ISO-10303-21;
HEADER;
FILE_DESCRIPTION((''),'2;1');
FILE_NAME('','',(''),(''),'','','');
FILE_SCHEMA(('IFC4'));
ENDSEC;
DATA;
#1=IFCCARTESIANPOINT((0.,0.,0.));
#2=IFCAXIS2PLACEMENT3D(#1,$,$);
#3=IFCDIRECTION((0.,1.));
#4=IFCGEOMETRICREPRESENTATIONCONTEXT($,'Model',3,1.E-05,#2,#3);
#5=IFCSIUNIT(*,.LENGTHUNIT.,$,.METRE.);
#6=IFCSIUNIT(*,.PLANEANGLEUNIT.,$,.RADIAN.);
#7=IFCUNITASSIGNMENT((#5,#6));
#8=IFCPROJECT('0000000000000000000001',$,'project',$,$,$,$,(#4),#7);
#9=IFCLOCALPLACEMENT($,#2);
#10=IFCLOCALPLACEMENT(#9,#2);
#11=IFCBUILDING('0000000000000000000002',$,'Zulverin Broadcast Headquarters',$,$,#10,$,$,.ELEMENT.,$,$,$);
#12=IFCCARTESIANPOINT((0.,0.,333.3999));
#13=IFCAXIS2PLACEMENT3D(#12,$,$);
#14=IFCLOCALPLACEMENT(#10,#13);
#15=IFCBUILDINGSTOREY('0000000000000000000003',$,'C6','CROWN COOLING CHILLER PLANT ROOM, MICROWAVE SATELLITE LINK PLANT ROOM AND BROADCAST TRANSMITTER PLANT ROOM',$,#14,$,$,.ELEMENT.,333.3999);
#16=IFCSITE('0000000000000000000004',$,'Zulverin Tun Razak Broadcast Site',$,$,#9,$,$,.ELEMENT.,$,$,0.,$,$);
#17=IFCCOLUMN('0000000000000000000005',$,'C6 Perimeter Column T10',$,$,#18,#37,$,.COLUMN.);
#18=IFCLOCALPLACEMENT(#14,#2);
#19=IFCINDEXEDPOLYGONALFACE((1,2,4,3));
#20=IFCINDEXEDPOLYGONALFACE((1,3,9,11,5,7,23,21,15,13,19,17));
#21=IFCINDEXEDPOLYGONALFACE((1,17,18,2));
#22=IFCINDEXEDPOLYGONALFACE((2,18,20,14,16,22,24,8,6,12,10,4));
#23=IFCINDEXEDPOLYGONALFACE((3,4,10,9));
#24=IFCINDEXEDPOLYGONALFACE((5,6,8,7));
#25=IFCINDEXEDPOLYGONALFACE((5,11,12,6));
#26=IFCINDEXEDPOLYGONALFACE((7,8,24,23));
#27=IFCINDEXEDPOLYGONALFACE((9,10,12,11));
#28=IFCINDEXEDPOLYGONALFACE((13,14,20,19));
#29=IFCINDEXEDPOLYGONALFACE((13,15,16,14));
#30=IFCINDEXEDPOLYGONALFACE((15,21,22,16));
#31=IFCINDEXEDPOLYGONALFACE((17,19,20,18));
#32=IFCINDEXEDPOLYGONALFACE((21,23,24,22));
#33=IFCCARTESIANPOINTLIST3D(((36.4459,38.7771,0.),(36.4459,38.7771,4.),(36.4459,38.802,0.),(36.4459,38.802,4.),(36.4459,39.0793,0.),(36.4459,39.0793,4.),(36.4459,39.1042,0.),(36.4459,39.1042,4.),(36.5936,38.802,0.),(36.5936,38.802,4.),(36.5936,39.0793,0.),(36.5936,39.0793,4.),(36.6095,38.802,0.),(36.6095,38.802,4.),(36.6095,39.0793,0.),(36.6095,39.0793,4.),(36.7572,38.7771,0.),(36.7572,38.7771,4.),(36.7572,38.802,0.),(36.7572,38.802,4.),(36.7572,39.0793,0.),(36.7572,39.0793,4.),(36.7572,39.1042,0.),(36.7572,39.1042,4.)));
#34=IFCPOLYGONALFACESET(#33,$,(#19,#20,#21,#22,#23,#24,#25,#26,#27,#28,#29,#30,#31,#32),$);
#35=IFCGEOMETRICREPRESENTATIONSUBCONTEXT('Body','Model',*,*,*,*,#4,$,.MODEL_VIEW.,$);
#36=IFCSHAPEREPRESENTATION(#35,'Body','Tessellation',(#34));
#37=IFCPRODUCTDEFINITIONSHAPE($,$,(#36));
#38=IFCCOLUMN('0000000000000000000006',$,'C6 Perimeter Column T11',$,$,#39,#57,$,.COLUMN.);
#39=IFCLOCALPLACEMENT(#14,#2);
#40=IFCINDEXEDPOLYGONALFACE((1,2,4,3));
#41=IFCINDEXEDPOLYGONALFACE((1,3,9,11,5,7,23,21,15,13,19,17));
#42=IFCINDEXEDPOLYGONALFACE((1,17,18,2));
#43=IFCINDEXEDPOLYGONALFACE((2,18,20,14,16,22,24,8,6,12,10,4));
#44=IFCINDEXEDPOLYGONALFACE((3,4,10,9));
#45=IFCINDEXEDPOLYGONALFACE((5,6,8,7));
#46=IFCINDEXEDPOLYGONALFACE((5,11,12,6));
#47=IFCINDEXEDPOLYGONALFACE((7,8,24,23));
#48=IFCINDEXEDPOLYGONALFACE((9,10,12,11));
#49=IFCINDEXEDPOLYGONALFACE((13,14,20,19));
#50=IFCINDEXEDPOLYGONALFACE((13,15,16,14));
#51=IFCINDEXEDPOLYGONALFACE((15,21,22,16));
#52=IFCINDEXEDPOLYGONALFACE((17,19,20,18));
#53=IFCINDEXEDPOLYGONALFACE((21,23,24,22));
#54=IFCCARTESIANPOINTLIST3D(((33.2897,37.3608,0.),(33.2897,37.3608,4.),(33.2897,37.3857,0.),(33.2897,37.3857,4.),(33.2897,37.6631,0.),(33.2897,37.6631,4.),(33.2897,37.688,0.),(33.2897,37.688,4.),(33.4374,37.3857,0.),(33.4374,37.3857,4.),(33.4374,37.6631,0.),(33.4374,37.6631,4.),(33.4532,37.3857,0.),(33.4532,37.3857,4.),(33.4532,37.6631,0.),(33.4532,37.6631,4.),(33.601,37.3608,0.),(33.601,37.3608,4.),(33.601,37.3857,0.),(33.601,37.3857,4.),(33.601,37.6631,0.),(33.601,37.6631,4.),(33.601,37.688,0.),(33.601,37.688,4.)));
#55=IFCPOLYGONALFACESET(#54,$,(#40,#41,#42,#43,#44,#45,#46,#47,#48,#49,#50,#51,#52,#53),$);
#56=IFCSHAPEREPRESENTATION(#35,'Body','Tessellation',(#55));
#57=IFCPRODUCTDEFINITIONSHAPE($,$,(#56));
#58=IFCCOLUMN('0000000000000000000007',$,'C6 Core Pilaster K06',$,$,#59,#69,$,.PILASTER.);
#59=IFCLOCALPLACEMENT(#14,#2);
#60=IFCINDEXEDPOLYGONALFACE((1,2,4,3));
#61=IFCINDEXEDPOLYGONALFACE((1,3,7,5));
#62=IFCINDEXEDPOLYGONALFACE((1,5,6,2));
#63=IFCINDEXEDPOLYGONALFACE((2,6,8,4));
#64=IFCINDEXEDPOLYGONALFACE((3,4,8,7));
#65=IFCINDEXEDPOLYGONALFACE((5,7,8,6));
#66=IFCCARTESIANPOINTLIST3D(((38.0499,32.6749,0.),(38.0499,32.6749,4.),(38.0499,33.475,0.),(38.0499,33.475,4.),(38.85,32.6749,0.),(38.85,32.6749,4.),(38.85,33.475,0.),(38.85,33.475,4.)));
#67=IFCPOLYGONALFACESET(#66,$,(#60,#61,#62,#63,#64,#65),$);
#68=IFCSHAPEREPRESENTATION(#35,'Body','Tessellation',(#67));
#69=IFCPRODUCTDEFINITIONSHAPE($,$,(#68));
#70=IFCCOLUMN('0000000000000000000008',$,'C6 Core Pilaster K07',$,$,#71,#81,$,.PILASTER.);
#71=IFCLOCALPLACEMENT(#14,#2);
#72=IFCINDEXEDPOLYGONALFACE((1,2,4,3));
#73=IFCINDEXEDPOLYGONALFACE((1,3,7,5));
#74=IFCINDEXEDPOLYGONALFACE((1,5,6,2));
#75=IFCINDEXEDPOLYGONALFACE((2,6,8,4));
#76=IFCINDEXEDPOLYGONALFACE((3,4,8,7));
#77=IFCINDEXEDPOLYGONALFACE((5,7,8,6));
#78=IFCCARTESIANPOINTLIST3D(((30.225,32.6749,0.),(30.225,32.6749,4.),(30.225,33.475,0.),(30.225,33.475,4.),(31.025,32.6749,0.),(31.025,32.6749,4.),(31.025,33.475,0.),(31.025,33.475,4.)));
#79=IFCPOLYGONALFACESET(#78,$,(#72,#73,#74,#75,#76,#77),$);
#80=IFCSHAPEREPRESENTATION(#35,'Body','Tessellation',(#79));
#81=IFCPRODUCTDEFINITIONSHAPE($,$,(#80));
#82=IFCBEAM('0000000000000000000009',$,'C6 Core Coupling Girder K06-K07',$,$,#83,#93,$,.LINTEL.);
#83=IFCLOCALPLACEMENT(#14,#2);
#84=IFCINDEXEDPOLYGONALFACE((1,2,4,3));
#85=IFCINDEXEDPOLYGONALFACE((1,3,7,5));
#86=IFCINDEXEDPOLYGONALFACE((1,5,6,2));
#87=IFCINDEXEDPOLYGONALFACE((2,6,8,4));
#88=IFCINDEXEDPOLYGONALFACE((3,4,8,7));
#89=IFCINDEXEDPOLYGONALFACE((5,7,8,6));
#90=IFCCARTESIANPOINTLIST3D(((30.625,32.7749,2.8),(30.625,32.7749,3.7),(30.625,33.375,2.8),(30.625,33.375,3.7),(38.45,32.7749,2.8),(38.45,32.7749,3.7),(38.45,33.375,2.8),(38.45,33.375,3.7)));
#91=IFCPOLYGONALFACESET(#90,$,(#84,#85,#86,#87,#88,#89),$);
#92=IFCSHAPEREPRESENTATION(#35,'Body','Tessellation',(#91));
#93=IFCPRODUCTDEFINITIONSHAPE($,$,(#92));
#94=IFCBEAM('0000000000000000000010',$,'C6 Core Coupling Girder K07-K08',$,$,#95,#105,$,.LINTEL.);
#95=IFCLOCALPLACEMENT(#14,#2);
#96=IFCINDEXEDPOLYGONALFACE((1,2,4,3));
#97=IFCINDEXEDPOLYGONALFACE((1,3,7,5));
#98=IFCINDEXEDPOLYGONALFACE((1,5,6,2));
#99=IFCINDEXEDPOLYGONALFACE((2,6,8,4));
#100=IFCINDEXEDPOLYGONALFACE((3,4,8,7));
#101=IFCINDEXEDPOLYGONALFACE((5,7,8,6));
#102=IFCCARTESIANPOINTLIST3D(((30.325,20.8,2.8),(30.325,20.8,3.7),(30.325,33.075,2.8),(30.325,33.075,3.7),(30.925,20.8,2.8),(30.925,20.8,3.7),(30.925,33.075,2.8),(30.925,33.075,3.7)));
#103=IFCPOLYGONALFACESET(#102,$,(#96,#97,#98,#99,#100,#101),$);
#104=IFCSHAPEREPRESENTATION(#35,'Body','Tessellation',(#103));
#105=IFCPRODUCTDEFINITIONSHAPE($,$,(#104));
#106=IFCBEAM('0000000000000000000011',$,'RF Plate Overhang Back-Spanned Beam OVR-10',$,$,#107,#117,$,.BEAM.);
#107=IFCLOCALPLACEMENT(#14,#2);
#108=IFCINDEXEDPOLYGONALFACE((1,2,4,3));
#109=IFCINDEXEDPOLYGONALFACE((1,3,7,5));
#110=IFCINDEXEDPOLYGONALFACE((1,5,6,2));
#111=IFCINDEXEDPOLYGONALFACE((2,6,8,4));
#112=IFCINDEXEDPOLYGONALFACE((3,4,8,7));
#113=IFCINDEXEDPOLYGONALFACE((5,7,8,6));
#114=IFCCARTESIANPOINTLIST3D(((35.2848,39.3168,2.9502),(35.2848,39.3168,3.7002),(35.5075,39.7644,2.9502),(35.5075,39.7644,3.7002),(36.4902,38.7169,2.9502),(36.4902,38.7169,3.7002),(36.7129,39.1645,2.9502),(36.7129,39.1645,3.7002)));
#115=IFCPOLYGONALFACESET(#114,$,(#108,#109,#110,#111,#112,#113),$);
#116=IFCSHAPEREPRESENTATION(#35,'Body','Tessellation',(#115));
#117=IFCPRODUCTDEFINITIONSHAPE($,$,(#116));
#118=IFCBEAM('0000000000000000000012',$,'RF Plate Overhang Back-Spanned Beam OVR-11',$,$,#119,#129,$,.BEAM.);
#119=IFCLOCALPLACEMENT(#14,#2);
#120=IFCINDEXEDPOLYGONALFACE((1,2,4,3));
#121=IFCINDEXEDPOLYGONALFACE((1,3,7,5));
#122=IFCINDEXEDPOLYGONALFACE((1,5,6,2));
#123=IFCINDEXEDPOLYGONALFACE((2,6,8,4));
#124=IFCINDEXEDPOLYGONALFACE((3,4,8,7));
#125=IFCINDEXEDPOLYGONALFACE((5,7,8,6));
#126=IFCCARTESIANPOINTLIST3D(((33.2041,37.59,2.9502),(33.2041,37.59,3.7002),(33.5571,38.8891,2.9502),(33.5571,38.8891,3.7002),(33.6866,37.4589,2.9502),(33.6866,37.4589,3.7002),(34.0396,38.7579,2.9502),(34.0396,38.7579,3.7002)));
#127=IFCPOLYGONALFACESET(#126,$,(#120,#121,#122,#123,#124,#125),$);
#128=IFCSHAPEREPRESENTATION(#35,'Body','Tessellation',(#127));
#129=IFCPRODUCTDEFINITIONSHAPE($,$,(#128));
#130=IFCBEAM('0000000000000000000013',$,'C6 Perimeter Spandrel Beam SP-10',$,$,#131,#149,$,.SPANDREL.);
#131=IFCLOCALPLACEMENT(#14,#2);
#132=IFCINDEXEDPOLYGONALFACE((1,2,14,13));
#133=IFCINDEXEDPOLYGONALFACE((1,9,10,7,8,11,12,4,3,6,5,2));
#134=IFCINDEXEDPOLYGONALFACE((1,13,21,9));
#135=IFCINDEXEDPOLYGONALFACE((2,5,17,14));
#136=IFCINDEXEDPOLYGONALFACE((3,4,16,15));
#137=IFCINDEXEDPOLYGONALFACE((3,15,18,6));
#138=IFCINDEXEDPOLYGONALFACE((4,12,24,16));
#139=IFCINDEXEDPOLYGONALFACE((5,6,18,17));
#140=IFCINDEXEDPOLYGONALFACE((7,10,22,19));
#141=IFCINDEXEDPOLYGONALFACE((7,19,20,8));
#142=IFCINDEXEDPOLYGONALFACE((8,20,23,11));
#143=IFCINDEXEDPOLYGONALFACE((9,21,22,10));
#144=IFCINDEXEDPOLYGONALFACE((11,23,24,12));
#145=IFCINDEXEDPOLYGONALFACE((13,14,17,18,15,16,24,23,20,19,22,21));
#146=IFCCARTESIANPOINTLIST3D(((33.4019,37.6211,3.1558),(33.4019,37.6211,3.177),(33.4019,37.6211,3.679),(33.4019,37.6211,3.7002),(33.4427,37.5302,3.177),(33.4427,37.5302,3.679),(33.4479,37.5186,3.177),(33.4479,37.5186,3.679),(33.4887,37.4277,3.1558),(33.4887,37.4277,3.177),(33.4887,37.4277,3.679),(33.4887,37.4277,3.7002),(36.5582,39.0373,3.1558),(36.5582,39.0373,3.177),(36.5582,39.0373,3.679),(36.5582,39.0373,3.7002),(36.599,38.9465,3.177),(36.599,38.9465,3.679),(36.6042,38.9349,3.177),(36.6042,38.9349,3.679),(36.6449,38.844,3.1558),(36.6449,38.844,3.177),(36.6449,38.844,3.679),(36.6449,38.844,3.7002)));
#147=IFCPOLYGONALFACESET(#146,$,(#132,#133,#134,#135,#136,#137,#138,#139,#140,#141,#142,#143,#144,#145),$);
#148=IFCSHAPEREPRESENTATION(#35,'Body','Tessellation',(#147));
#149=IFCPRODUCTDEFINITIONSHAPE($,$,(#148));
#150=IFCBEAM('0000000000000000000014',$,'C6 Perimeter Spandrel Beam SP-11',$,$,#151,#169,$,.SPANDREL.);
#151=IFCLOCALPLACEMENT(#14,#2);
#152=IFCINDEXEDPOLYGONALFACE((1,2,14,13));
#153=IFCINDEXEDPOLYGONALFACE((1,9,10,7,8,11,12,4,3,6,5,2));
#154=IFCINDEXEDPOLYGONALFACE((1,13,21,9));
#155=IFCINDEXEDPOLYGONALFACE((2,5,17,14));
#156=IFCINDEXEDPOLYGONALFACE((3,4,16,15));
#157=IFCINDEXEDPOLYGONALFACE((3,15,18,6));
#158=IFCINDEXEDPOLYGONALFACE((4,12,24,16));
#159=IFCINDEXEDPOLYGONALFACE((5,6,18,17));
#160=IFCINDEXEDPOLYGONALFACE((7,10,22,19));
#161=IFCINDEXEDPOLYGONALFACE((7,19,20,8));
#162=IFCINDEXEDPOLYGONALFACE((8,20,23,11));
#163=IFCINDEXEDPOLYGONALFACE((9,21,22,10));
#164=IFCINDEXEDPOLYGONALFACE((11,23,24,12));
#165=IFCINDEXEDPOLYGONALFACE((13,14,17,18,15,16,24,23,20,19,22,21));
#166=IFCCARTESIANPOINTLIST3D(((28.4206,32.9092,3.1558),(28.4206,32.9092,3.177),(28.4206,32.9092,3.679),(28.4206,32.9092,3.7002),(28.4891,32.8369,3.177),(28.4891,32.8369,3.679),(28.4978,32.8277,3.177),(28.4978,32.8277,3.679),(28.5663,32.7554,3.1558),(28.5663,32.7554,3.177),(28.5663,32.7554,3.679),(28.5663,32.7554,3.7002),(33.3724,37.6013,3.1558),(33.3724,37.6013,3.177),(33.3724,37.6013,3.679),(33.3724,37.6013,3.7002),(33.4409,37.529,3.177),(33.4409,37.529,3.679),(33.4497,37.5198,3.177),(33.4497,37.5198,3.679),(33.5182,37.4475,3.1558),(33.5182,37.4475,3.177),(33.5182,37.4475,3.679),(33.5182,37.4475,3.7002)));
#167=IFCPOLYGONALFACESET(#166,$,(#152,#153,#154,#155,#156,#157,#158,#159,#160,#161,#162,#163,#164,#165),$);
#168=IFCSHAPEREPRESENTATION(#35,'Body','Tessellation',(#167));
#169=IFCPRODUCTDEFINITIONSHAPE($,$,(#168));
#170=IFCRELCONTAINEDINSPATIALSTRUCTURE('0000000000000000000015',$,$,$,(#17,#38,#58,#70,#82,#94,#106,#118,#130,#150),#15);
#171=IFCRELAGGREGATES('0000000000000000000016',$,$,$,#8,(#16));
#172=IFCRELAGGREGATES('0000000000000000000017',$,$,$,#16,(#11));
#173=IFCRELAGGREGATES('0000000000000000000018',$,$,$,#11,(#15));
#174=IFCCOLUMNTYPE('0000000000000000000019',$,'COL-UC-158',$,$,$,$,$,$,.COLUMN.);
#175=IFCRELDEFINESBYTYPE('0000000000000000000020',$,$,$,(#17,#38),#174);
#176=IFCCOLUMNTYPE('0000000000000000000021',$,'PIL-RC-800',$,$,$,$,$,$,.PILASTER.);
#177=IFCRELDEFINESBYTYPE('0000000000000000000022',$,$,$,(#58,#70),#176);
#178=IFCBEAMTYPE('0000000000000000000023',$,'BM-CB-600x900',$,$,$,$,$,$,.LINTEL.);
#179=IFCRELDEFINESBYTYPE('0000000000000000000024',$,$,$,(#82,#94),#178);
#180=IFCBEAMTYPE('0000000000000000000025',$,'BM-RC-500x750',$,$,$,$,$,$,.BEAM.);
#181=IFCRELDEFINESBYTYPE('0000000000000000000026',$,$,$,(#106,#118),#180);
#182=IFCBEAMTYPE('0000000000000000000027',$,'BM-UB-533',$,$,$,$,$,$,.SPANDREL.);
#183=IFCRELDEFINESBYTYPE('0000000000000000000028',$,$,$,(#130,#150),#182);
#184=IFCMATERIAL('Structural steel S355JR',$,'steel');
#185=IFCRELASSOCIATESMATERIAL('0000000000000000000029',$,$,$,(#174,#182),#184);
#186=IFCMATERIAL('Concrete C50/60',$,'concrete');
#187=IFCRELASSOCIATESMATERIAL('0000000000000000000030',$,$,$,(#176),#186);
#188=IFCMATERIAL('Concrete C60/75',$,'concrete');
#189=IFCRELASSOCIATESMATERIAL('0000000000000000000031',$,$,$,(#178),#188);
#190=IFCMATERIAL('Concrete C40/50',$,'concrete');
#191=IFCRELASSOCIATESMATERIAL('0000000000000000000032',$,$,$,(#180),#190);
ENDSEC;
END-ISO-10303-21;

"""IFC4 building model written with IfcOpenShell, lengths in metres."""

from ifc_helpers import new_model, si_unit, direction, frame, origin, origin_2d, place, context, subcontext, project, spatial, rectangle, i_section, extrude, material, material_profile, profile_set, type_object, element, save


model = new_model("IFC4")

# Units and contexts
model_context = context("Model", 3, precision=1e-05, world=origin(), true_north=direction((0.0, 1.0)))
body_context = subcontext(model_context, "Body", "Model", "MODEL_VIEW")
ifc_project = project(units=[si_unit("LENGTHUNIT", "METRE"), si_unit("PLANEANGLEUNIT", "RADIAN")], contexts=[model_context])

# Site, building, storey
site_placement = place(None, origin())
site = spatial("IfcSite", under=ifc_project, at=site_placement, Name="Zulverin Tun Razak Broadcast Site", CompositionType="ELEMENT", RefElevation=0.0)
building_placement = place(site_placement, origin())
building = spatial("IfcBuilding", under=site, at=building_placement, Name="Zulverin Broadcast Headquarters", CompositionType="ELEMENT")
storey_placement = place(building_placement, frame((0.0, 0.0, 333.3999)))
storey = spatial("IfcBuildingStorey", under=building, at=storey_placement, Name="C6", Description="CROWN COOLING CHILLER PLANT ROOM, MICROWAVE SATELLITE LINK PLANT ROOM AND BROADCAST TRANSMITTER PLANT ROOM", CompositionType="ELEMENT", Elevation=333.3999)

# Columns
ifc_material_1 = material(Name="Structural steel S355JR", Category="steel")
ifc_material_profile_1 = material_profile(ifc_material_1, i_section(OverallWidth=0.3113, OverallDepth=0.3271, WebThickness=0.0159, FlangeThickness=0.0249, at=origin_2d()), Name="Structural steel S355JR", Category="steel")
ifc_profile_set_1 = profile_set([ifc_material_profile_1], Name="Structural steel S355JR")
column_type_1 = type_object("IfcColumnType", Name="COL-UC-158", PredefinedType="COLUMN", material=ifc_profile_set_1)
for number, where, z_axis, x_axis, name in (
    (1, (36.6016, 38.9407, 0.0), (0.0, 0.0, 1.0), (1.0, 0.0, 0.0), "C6 Perimeter Column T10"),
    (2, (33.4453, 37.5244, 0.0), (0.0, 0.0, 1.0), (1.0, 0.0, 0.0), "C6 Perimeter Column T11"),
):
    element("IfcColumn", number, at=place(storey_placement, frame(where, z_axis=z_axis, x_axis=x_axis)), inside=storey, type_object=column_type_1, Name=name, PredefinedType="COLUMN", context=body_context, shape_type="SweptSolid", body=[
        extrude(i_section(OverallWidth=0.3113, OverallDepth=0.3271, WebThickness=0.0159, FlangeThickness=0.0249, at=origin_2d()), origin(), (0.0, 0.0, 1.0), 4.0),
    ])
ifc_material_2 = material(Name="Concrete C50/60", Category="concrete")
ifc_material_profile_2 = material_profile(ifc_material_2, rectangle(XDim=0.8, YDim=0.8, at=origin_2d()), Name="Concrete C50/60", Category="concrete")
ifc_profile_set_2 = profile_set([ifc_material_profile_2], Name="Concrete C50/60")
column_type_2 = type_object("IfcColumnType", Name="PIL-RC-800", PredefinedType="PILASTER", material=ifc_profile_set_2)
for number, where, z_axis, x_axis, name in (
    (3, (38.45, 33.075, 0.0), (0.0, 0.0, 1.0), (1.0, 0.0, 0.0), "C6 Core Pilaster K06"),
    (4, (30.625, 33.075, 0.0), (0.0, 0.0, 1.0), (1.0, 0.0, 0.0), "C6 Core Pilaster K07"),
):
    element("IfcColumn", number, at=place(storey_placement, frame(where, z_axis=z_axis, x_axis=x_axis)), inside=storey, type_object=column_type_2, Name=name, PredefinedType="PILASTER", context=body_context, shape_type="SweptSolid", body=[
        extrude(rectangle(XDim=0.8, YDim=0.8, at=origin_2d()), origin(), (0.0, 0.0, 1.0), 4.0),
    ])

# Beams
ifc_material_3 = material(Name="Concrete C60/75", Category="concrete")
ifc_material_profile_3 = material_profile(ifc_material_3, rectangle(XDim=0.6001, YDim=0.8999, at=origin_2d()), Name="Concrete C60/75", Category="concrete")
ifc_profile_set_3 = profile_set([ifc_material_profile_3], Name="Concrete C60/75")
beam_type_1 = type_object("IfcBeamType", Name="BM-CB-600x900", PredefinedType="LINTEL", material=ifc_profile_set_3)
beam_1_placement = place(storey_placement, frame((38.45, 33.075, 3.25), z_axis=(-1.0, 0.0, 0.0), x_axis=(0.0, -1.0, 0.0)))
element("IfcBeam", 5, at=beam_1_placement, inside=storey, type_object=beam_type_1, Name="C6 Core Coupling Girder K06-K07", PredefinedType="LINTEL", context=body_context, shape_type="SweptSolid", body=[
    extrude(rectangle(XDim=0.6001, YDim=0.8999, at=origin_2d()), origin(), (0.0, 0.0, 1.0), 7.825),
])
beam_2_placement = place(storey_placement, frame((30.625, 33.075, 3.25), z_axis=(0.0, -1.0, 0.0), x_axis=(1.0, 0.0, 0.0)))
element("IfcBeam", 6, at=beam_2_placement, inside=storey, type_object=beam_type_1, Name="C6 Core Coupling Girder K07-K08", PredefinedType="LINTEL", context=body_context, shape_type="SweptSolid", body=[
    extrude(rectangle(XDim=0.6001, YDim=0.8999, at=origin_2d()), origin(), (0.0, 0.0, 1.0), 12.2749),
])
ifc_material_4 = material(Name="Concrete C40/50", Category="concrete")
ifc_material_profile_4 = material_profile(ifc_material_4, rectangle(XDim=0.5, YDim=0.75, at=origin_2d()), Name="Concrete C40/50", Category="concrete")
ifc_profile_set_4 = profile_set([ifc_material_profile_4], Name="Concrete C40/50")
beam_type_2 = type_object("IfcBeamType", Name="BM-RC-500x750", PredefinedType="BEAM", material=ifc_profile_set_4)
beam_3_placement = place(storey_placement, frame((36.6016, 38.9407, 3.3252), z_axis=(-0.89526, 0.445545, 0.0), x_axis=(-0.445545, -0.89526, 0.0)))
element("IfcBeam", 7, at=beam_3_placement, inside=storey, type_object=beam_type_2, Name="RF Plate Overhang Back-Spanned Beam OVR-10", PredefinedType="BEAM", context=body_context, shape_type="SweptSolid", body=[
    extrude(rectangle(XDim=0.5, YDim=0.75, at=origin_2d()), origin(), (0.0, 0.0, 1.0), 1.3464),
])
beam_4_placement = place(storey_placement, frame((33.4453, 37.5244, 3.3252), z_axis=(0.262243, 0.965002, 0.0), x_axis=(-0.965002, 0.262243, 0.0)))
element("IfcBeam", 8, at=beam_4_placement, inside=storey, type_object=beam_type_2, Name="RF Plate Overhang Back-Spanned Beam OVR-11", PredefinedType="BEAM", context=body_context, shape_type="SweptSolid", body=[
    extrude(rectangle(XDim=0.5, YDim=0.75, at=origin_2d()), origin(), (0.0, 0.0, 1.0), 1.3462),
])
ifc_material_profile_5 = material_profile(ifc_material_1, i_section(OverallWidth=0.2119, OverallDepth=0.5444, WebThickness=0.0127, FlangeThickness=0.0212, at=origin_2d()), Name="Structural steel S355JR", Category="steel")
ifc_profile_set_5 = profile_set([ifc_material_profile_5], Name="Structural steel S355JR")
beam_type_3 = type_object("IfcBeamType", Name="BM-UB-533", PredefinedType="SPANDREL", material=ifc_profile_set_5)
beam_5_placement = place(storey_placement, frame((36.6016, 38.9407, 3.428), z_axis=(-0.912359, -0.40939, 0.0), x_axis=(0.40939, -0.912359, 0.0)))
element("IfcBeam", 9, at=beam_5_placement, inside=storey, type_object=beam_type_3, Name="C6 Perimeter Spandrel Beam SP-10", PredefinedType="SPANDREL", context=body_context, shape_type="SweptSolid", body=[
    extrude(i_section(OverallWidth=0.2119, OverallDepth=0.5444, WebThickness=0.0127, FlangeThickness=0.0212, at=origin_2d()), origin(), (0.0, 0.0, 1.0), 3.4595),
])
beam_6_placement = place(storey_placement, frame((33.4453, 37.5244, 3.428), z_axis=(-0.72589, -0.687811, 0.0), x_axis=(0.687811, -0.72589, 0.0)))
element("IfcBeam", 10, at=beam_6_placement, inside=storey, type_object=beam_type_3, Name="C6 Perimeter Spandrel Beam SP-11", PredefinedType="SPANDREL", context=body_context, shape_type="SweptSolid", body=[
    extrude(i_section(OverallWidth=0.2119, OverallDepth=0.5444, WebThickness=0.0127, FlangeThickness=0.0212, at=origin_2d()), origin(), (0.0, 0.0, 1.0), 6.8218),
])

save(model, "model.ifc")
